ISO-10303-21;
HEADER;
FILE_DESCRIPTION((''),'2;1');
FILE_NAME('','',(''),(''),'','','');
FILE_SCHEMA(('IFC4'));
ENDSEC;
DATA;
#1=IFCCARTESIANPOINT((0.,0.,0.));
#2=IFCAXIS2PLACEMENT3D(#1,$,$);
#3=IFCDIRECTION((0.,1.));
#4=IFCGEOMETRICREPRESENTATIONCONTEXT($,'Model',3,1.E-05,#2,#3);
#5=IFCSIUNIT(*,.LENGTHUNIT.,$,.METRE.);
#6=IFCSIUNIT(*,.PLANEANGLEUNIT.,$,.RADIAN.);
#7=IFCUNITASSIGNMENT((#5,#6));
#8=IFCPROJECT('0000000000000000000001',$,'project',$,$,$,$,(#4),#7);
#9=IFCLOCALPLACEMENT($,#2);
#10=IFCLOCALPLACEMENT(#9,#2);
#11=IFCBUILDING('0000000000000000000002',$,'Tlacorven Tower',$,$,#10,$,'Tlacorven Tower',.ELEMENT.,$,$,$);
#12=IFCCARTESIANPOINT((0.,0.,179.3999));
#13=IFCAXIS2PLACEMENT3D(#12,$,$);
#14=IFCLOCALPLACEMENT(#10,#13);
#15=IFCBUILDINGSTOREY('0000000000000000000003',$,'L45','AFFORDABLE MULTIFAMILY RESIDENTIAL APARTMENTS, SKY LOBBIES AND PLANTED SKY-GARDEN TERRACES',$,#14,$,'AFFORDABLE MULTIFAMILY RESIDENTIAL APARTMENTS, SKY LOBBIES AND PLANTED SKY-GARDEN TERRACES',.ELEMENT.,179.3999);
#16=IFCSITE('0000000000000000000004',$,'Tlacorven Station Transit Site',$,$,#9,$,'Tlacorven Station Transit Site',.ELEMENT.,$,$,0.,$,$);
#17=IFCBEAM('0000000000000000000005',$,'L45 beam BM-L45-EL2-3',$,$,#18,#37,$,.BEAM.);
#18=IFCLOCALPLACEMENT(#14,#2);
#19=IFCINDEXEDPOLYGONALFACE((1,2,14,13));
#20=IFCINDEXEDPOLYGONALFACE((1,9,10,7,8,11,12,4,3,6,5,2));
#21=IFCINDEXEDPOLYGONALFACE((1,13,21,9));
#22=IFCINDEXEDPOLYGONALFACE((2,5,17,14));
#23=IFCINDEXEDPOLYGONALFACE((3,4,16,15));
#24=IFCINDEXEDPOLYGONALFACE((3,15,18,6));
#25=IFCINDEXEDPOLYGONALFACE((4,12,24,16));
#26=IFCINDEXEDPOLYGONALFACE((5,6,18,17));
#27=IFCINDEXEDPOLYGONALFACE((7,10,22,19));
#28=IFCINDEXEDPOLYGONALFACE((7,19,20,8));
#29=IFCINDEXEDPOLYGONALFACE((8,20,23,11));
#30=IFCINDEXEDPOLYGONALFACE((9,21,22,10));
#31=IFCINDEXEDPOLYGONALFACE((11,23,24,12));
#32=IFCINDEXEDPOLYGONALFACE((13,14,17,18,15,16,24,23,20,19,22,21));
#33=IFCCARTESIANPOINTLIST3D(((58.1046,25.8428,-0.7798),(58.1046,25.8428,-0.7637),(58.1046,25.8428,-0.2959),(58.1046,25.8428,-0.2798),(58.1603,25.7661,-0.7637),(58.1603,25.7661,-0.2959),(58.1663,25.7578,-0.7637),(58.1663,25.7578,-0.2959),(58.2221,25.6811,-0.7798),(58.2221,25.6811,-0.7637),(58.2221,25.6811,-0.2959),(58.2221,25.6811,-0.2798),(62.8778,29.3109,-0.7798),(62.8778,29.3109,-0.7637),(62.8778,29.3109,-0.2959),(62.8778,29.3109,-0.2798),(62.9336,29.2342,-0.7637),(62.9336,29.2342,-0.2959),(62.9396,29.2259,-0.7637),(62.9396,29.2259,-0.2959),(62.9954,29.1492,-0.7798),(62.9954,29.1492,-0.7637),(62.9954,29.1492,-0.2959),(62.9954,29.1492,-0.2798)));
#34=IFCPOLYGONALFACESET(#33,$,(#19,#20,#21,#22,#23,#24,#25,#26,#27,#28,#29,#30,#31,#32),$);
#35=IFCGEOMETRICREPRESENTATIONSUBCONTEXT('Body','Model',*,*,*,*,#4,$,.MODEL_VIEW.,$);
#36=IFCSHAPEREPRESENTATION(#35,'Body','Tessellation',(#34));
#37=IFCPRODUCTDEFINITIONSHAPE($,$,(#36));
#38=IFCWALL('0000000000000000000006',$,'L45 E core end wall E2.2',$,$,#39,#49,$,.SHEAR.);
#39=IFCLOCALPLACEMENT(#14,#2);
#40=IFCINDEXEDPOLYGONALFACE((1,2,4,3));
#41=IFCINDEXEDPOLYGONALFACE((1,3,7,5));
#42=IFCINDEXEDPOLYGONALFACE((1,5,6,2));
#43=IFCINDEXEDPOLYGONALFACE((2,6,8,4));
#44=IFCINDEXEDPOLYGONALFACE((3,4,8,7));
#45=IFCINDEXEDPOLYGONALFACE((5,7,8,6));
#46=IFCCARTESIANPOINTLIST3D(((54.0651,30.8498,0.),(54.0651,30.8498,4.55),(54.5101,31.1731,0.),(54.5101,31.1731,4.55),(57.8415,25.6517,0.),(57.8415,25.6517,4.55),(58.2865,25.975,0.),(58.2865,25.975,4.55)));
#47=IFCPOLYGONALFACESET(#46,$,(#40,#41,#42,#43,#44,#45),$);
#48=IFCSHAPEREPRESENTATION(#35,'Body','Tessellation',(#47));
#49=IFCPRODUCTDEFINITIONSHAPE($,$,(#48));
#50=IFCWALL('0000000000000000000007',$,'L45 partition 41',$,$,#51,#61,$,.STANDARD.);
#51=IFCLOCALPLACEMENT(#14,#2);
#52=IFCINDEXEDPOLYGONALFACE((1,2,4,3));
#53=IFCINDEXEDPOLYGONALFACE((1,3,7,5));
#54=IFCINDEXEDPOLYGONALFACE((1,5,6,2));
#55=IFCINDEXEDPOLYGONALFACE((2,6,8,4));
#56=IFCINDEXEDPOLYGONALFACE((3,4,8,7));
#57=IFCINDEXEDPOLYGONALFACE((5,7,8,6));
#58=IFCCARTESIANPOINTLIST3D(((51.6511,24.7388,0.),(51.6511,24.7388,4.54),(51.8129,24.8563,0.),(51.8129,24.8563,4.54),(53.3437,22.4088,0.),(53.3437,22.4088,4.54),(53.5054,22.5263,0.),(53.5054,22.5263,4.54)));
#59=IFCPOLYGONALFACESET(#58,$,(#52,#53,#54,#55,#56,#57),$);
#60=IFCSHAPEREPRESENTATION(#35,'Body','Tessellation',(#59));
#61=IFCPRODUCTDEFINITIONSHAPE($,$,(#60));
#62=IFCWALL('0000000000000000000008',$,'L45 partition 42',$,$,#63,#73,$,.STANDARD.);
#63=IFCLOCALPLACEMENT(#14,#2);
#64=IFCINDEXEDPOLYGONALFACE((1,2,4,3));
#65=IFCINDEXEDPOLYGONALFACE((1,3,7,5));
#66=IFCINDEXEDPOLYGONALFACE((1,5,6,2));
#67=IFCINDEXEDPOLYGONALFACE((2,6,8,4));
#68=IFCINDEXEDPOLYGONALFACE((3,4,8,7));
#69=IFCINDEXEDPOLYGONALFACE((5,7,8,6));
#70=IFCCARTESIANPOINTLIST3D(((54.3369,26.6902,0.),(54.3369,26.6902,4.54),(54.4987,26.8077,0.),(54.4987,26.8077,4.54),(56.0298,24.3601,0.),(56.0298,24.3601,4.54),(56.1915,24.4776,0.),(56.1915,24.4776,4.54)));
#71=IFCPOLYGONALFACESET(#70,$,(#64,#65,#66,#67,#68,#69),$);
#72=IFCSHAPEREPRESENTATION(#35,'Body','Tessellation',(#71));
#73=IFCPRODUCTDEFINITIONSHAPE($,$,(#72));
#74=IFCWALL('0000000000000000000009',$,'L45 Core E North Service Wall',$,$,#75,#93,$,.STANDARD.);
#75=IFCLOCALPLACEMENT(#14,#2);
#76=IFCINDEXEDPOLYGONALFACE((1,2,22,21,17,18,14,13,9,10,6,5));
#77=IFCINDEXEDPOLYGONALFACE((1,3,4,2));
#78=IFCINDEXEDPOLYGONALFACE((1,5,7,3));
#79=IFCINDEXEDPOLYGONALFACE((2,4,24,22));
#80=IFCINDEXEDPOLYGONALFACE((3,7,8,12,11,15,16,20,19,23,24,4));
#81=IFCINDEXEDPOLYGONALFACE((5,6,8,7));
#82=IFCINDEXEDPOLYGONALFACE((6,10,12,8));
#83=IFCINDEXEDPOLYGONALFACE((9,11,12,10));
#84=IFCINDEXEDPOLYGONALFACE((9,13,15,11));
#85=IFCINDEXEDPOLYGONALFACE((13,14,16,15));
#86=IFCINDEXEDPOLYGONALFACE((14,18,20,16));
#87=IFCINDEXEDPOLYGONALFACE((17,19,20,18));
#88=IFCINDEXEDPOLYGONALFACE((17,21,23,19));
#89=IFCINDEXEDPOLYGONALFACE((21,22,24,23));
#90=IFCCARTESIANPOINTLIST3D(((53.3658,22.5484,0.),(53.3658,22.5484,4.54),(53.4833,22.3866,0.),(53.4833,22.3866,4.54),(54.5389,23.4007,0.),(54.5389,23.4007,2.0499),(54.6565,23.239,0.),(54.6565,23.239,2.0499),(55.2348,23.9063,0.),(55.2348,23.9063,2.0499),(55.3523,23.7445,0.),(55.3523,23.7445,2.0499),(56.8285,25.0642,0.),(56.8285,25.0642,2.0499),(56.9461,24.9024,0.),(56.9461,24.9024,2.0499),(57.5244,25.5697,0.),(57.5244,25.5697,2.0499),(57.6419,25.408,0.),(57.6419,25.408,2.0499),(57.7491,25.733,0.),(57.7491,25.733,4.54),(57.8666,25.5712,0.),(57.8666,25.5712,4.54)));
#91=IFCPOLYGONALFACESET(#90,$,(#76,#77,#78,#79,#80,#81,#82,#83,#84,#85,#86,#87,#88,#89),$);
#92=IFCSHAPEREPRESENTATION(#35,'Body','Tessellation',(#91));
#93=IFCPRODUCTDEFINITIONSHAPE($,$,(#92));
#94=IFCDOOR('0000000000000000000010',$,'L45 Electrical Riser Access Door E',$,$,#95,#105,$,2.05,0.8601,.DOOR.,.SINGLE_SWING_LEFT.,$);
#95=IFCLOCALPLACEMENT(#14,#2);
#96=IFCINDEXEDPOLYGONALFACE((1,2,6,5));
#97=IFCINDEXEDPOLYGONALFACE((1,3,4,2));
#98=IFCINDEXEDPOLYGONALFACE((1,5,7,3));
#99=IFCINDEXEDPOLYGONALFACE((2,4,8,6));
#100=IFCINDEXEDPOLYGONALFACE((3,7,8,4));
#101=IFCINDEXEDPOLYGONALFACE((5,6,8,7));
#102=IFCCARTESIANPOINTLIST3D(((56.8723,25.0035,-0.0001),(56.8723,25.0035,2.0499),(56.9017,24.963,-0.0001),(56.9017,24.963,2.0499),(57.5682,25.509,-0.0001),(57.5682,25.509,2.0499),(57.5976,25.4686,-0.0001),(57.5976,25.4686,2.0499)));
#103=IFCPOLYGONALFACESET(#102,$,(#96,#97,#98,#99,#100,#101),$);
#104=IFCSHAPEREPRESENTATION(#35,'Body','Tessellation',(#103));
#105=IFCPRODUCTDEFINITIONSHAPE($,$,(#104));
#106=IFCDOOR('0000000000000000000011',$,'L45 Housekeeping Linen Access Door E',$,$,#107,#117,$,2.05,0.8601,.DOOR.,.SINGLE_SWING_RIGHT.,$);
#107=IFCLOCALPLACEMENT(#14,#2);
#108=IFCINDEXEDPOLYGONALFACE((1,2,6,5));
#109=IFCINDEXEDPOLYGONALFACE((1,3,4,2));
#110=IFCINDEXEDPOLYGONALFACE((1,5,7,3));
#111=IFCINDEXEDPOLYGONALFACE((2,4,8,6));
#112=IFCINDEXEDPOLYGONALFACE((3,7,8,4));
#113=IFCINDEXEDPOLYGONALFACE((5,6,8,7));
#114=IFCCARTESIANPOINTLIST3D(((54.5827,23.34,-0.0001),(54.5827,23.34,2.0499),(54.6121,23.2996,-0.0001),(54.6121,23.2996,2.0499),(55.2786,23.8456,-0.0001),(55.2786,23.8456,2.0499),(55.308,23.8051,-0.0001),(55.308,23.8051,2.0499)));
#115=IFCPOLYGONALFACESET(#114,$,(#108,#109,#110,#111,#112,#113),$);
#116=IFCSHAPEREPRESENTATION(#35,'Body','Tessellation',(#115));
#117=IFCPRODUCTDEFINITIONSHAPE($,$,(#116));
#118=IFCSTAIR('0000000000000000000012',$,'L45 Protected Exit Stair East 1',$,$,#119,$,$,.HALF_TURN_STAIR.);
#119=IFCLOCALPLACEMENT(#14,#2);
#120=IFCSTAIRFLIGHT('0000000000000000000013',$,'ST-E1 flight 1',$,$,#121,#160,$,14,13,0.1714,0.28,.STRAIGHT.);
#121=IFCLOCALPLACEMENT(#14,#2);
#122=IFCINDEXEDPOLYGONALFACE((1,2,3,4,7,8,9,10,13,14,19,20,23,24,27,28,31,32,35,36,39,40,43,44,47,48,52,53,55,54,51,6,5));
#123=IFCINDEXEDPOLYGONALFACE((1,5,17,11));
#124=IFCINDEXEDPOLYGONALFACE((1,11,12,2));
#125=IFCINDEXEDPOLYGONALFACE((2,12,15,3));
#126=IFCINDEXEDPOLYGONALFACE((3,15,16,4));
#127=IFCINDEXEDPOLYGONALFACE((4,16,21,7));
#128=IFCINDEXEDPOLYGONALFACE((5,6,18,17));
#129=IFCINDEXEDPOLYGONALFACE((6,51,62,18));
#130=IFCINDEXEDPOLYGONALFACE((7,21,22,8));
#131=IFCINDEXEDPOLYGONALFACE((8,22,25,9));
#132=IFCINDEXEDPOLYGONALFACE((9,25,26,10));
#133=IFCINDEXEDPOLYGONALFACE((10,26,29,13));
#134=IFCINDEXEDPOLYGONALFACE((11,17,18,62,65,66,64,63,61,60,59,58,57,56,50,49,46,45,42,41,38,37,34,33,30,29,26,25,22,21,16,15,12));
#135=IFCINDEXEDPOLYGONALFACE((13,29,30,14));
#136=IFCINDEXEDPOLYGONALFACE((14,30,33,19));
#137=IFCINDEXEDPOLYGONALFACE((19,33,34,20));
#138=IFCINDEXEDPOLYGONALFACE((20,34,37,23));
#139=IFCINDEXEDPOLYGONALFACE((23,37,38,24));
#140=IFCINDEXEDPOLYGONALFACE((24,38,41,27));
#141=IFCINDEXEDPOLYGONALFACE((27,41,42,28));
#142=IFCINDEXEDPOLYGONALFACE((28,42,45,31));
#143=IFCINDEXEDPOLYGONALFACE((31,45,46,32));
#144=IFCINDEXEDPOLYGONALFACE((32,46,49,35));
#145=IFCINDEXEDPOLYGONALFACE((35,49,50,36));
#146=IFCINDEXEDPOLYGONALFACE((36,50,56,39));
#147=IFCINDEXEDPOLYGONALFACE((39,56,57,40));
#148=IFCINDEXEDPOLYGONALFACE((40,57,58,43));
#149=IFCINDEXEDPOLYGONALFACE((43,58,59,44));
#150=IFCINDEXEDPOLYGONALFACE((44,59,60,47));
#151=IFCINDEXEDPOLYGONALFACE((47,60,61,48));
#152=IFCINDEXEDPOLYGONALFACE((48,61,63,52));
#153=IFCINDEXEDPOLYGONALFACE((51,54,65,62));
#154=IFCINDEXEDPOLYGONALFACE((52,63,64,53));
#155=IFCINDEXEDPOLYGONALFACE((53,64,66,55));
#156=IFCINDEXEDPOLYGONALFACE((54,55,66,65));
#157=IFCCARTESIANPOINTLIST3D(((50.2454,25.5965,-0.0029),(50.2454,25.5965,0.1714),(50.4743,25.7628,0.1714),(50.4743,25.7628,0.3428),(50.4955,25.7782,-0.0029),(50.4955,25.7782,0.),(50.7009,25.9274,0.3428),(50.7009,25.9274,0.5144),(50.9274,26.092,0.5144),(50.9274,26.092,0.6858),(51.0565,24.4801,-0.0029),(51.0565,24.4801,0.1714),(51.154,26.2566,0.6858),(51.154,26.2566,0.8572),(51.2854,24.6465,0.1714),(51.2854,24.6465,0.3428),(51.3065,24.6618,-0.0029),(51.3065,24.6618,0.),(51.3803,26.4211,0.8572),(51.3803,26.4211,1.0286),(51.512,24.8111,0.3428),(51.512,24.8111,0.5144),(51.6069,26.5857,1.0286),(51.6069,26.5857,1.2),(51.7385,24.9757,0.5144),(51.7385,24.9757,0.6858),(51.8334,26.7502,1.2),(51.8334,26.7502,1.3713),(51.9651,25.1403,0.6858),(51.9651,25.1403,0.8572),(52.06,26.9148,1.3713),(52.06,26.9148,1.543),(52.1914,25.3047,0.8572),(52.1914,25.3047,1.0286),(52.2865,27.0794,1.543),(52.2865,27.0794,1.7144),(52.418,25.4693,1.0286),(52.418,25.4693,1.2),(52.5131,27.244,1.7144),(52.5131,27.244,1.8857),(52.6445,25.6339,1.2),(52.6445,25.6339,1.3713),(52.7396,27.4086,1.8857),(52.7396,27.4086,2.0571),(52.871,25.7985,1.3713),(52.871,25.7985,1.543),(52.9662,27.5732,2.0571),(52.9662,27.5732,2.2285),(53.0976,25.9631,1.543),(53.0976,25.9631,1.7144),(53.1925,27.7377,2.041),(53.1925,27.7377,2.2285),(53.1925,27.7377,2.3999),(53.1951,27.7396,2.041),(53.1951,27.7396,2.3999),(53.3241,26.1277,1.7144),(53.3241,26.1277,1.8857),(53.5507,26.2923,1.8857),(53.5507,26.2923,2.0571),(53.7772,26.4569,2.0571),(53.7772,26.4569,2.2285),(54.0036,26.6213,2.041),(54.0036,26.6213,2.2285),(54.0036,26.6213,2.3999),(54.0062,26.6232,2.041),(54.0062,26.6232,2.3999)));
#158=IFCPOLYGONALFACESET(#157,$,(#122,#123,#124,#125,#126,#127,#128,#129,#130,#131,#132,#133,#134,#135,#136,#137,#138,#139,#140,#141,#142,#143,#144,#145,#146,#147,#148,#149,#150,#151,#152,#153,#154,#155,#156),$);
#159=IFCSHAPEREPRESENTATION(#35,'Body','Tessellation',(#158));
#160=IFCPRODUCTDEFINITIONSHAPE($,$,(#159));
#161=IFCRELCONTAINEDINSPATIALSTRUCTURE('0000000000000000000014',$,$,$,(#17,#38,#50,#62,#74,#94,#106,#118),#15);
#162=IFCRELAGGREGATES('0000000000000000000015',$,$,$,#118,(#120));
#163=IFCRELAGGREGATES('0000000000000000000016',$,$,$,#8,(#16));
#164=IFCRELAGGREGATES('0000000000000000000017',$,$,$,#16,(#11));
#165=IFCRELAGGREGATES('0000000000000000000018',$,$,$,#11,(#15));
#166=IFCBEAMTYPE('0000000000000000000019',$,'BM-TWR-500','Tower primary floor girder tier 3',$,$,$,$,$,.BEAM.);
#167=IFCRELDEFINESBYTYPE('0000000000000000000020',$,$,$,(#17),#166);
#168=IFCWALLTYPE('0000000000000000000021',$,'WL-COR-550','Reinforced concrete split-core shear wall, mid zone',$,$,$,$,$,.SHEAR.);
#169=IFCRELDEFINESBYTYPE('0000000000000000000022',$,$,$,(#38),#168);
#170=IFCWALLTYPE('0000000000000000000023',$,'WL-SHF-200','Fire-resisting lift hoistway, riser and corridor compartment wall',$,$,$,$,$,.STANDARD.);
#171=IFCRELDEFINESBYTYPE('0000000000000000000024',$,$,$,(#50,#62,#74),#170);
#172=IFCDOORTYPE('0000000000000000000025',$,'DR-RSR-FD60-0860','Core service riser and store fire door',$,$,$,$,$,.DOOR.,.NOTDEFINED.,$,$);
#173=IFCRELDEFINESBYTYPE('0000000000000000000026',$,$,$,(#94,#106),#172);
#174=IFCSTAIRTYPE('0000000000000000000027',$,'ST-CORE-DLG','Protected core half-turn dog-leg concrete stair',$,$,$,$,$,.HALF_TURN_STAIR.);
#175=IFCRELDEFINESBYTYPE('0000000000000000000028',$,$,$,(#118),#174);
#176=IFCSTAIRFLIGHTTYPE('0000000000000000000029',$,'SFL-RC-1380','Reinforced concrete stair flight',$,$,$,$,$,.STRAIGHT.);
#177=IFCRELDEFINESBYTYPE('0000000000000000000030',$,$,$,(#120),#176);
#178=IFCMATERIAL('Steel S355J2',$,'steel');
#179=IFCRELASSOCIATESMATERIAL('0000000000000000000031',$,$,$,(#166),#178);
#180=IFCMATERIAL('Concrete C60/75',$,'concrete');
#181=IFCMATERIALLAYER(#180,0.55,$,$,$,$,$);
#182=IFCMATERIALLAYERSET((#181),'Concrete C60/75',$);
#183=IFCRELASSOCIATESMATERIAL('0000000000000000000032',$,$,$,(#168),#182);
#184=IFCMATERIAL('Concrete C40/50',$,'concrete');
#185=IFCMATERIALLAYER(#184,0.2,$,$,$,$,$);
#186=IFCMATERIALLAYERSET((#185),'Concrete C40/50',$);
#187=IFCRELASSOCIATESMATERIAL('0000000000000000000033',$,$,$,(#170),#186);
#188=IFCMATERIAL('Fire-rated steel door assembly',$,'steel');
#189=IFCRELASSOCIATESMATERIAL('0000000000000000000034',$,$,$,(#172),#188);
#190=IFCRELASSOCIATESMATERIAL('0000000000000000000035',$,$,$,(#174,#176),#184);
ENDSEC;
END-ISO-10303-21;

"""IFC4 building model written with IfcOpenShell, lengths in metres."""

from ifc_helpers import new_model, si_unit, direction, frame, frame_2d, origin, origin_2d, place, context, subcontext, project, spatial, polyline, rectangle, i_section, outline, extrude, source, transform, mapped, material, layer, layer_set, material_profile, profile_set, type_object, element, fill, aggregate, save


model = new_model("IFC4")

# Units and contexts
model_context = context("Model", 3, precision=1e-05, world=origin(), true_north=direction((0.0, 1.0)))
body_context = subcontext(model_context, "Body", "Model", "MODEL_VIEW")
ifc_project = project(units=[si_unit("LENGTHUNIT", "METRE"), si_unit("PLANEANGLEUNIT", "RADIAN")], contexts=[model_context])

# Site, building, storey
site_placement = place(None, origin())
site = spatial("IfcSite", under=ifc_project, at=site_placement, Name="Tlacorven Station Transit Site", LongName="Tlacorven Station Transit Site", CompositionType="ELEMENT", RefElevation=0.0)
building_placement = place(site_placement, origin())
building = spatial("IfcBuilding", under=site, at=building_placement, Name="Tlacorven Tower", LongName="Tlacorven Tower", CompositionType="ELEMENT")
storey_placement = place(building_placement, frame((0.0, 0.0, 179.3999)))
storey = spatial("IfcBuildingStorey", under=building, at=storey_placement, Name="L45", Description="AFFORDABLE MULTIFAMILY RESIDENTIAL APARTMENTS, SKY LOBBIES AND PLANTED SKY-GARDEN TERRACES", LongName="AFFORDABLE MULTIFAMILY RESIDENTIAL APARTMENTS, SKY LOBBIES AND PLANTED SKY-GARDEN TERRACES", CompositionType="ELEMENT", Elevation=179.3999)

# Beam
ifc_material_1 = material(Name="Steel S355J2", Category="steel")
ifc_material_profile = material_profile(ifc_material_1, i_section(OverallWidth=0.2, OverallDepth=0.5, WebThickness=0.0103, FlangeThickness=0.0161, at=origin_2d()), Name="IPE 500")
ifc_profile_set = profile_set([ifc_material_profile], Name="Steel S355J2")
beam_type = type_object("IfcBeamType", Name="BM-TWR-500", Description="Tower primary floor girder tier 3", PredefinedType="BEAM", material=ifc_profile_set)
shared_shape_1 = source(origin(), body_context, "Body", "SweptSolid", [
    extrude(i_section(OverallWidth=0.2, OverallDepth=0.5, WebThickness=0.0103, FlangeThickness=0.0161, at=origin_2d()), origin(), (0.0, 0.0, 1.0), 5.9001),
])
beam_placement = place(storey_placement, frame((58.1633, 25.762, -0.5298), z_axis=(0.80901, 0.587795, 0.0), x_axis=(-0.587795, 0.80901, 0.0)))
element("IfcBeam", 1, at=beam_placement, inside=storey, type_object=beam_type, Name="L45 beam BM-L45-EL2-3", PredefinedType="BEAM", context=body_context, shape_type="MappedRepresentation", body=[
    mapped(shared_shape_1, transform((0.0, 0.0, 0.0), scale=1.0)),
])

# Walls
ifc_material_2 = material(Name="Concrete C60/75", Category="concrete")
ifc_layer_1 = layer(ifc_material_2, 0.55)
ifc_layer_set_1 = layer_set([ifc_layer_1], Name="Concrete C60/75")
wall_type_1 = type_object("IfcWallType", Name="WL-COR-550", Description="Reinforced concrete split-core shear wall, mid zone", PredefinedType="SHEAR", material=ifc_layer_set_1)
wall_1_placement = place(storey_placement, frame((58.064, 25.8135, 0.0), z_axis=(0.0, 0.0, 1.0), x_axis=(-0.587765, 0.809032, 0.0)))
element("IfcWall", 2, at=wall_1_placement, inside=storey, type_object=wall_type_1, Name="L45 E core end wall E2.2", PredefinedType="SHEAR", context=body_context, shape_type="SweptSolid", body=[
    extrude(rectangle(XDim=6.425, YDim=0.55, at=frame_2d((3.2124, 0.0))), origin(), (0.0, 0.0, 1.0), 4.55),
])
ifc_material_3 = material(Name="Concrete C40/50", Category="concrete")
ifc_layer_2 = layer(ifc_material_3, 0.2)
ifc_layer_set_2 = layer_set([ifc_layer_2], Name="Concrete C40/50")
wall_type_2 = type_object("IfcWallType", Name="WL-SHF-200", Description="Fire-resisting lift hoistway, riser and corridor compartment wall", PredefinedType="STANDARD", material=ifc_layer_set_2)
wall_2_placement = place(storey_placement, frame((53.4246, 22.4675, 0.0), z_axis=(0.0, 0.0, 1.0), x_axis=(-0.587723, 0.809062, 0.0)))
element("IfcWall", 3, at=wall_2_placement, inside=storey, type_object=wall_type_2, Name="L45 partition 41", PredefinedType="STANDARD", context=body_context, shape_type="SweptSolid", body=[
    extrude(rectangle(XDim=2.8799, YDim=0.2, at=frame_2d((1.4399, 0.0))), origin(), (0.0, 0.0, 1.0), 4.54),
])
wall_3_placement = place(storey_placement, frame((56.1106, 24.4189, 0.0), z_axis=(0.0, 0.0, 1.0), x_axis=(-0.587778, 0.809022, 0.0)))
element("IfcWall", 4, at=wall_3_placement, inside=storey, type_object=wall_type_2, Name="L45 partition 42", PredefinedType="STANDARD", context=body_context, shape_type="SweptSolid", body=[
    extrude(rectangle(XDim=2.8801, YDim=0.2, at=frame_2d((1.4399, 0.0))), origin(), (0.0, 0.0, 1.0), 4.54),
])

# Wall, openings, doors
wall_4_placement = place(storey_placement, frame((53.4246, 22.4675, 0.0), z_axis=(0.0, 0.0, 1.0), x_axis=(0.809024, 0.587775, 0.0)))
wall_4 = element("IfcWall", 5, at=wall_4_placement, inside=storey, type_object=wall_type_2, Name="L45 Core E North Service Wall", PredefinedType="STANDARD", context=body_context, shape_type="SweptSolid", body=[
    extrude(rectangle(XDim=5.418, YDim=0.2, at=frame_2d((2.709, 0.0))), origin(), (0.0, 0.0, 1.0), 4.54),
])
opening_1_placement = place(wall_4_placement, frame((4.28, 0.0, 0.0)))
opening_1 = element("IfcOpeningElement", 6, at=opening_1_placement, cuts=wall_4, PredefinedType="OPENING", context=body_context, shape_type="SweptSolid", body=[
    extrude(rectangle(XDim=0.8601, YDim=2.05, at=frame_2d((0.4302, 1.0249))), frame((0.0, 0.1099, 0.0), z_axis=(0.0, -1.0, 0.0), x_axis=(1.0, 0.0, 0.0)), (0.0, 0.0, 1.0), 0.22),
])
opening_2_placement = place(wall_4_placement, frame((1.45, 0.0, 0.0)))
opening_2 = element("IfcOpeningElement", 7, at=opening_2_placement, cuts=wall_4, PredefinedType="OPENING", context=body_context, shape_type="SweptSolid", body=[
    extrude(rectangle(XDim=0.8601, YDim=2.05, at=frame_2d((0.4302, 1.0249))), frame((0.0, 0.1099, 0.0), z_axis=(0.0, -1.0, 0.0), x_axis=(1.0, 0.0, 0.0)), (0.0, 0.0, 1.0), 0.22),
])
ifc_material_4 = material(Name="Fire-rated steel door assembly", Category="steel")
door_type = type_object("IfcDoorType", Name="DR-RSR-FD60-0860", Description="Core service riser and store fire door", OperationType="NOTDEFINED", PredefinedType="DOOR", material=ifc_material_4)
shared_shape_2 = source(origin(), body_context, "Body", "SweptSolid", [
    extrude(rectangle(XDim=0.8601, YDim=2.05, at=frame_2d((0.4302, 1.0249))), frame((0.0, 0.0249, 0.0), z_axis=(0.0, -1.0, 0.0), x_axis=(1.0, 0.0, 0.0)), (0.0, 0.0, 1.0), 0.05),
])
door_1_placement = place(opening_1_placement, frame((0.8601, 0.0, 0.0), z_axis=(0.0, 0.0, 1.0), x_axis=(-1.0, 0.0, 0.0)))
door_1 = element("IfcDoor", 8, at=door_1_placement, inside=storey, type_object=door_type, Name="L45 Electrical Riser Access Door E", OperationType="SINGLE_SWING_LEFT", OverallHeight=2.05, OverallWidth=0.8601, PredefinedType="DOOR", context=body_context, shape_type="MappedRepresentation", body=[
    mapped(shared_shape_2, transform((0.0, 0.0, 0.0), scale=1.0)),
])
fill(opening_1, door_1)
door_2_placement = place(opening_2_placement, frame((0.8601, 0.0, 0.0), z_axis=(0.0, 0.0, 1.0), x_axis=(-1.0, 0.0, 0.0)))
door_2 = element("IfcDoor", 9, at=door_2_placement, inside=storey, type_object=door_type, Name="L45 Housekeeping Linen Access Door E", OperationType="SINGLE_SWING_RIGHT", OverallHeight=2.05, OverallWidth=0.8601, PredefinedType="DOOR", context=body_context, shape_type="MappedRepresentation", body=[
    mapped(shared_shape_2, transform((0.0, 0.0, 0.0), scale=1.0)),
])
fill(opening_2, door_2)

# Stair, stair flight
stair_type = type_object("IfcStairType", Name="ST-CORE-DLG", Description="Protected core half-turn dog-leg concrete stair", PredefinedType="HALF_TURN_STAIR", material=ifc_material_3)
stair_placement = place(storey_placement, origin())
stair = element("IfcStair", 10, at=stair_placement, inside=storey, type_object=stair_type, Name="L45 Protected Exit Stair East 1", PredefinedType="HALF_TURN_STAIR")
stair_flight_type = type_object("IfcStairFlightType", Name="SFL-RC-1380", Description="Reinforced concrete stair flight", PredefinedType="STRAIGHT", material=ifc_material_3)
shared_shape_3 = source(origin(), body_context, "Body", "SweptSolid", [
    extrude(outline(polyline([(-0.0029, -0.0029), (-0.0029, 0.1714), (0.28, 0.1714), (0.28, 0.3428), (0.5601, 0.3428), (0.5601, 0.5144), (0.8401, 0.5144), (0.8401, 0.6858), (1.1201, 0.6858), (1.1201, 0.8572), (1.3999, 0.8572), (1.3999, 1.0286), (1.6799, 1.0286), (1.6799, 1.2), (1.96, 1.2), (1.96, 1.3713), (2.24, 1.3713), (2.24, 1.543), (2.52, 1.543), (2.52, 1.7144), (2.8, 1.7144), (2.8, 1.8857), (3.0801, 1.8857), (3.0801, 2.0571), (3.3601, 2.0571), (3.3601, 2.2285), (3.6399, 2.2285), (3.6399, 2.3999), (3.6431, 2.3999), (3.6431, 2.041), (3.6399, 2.041), (0.3062, 0.0), (0.3062, -0.0029), (-0.0029, -0.0029)])), frame((0.0, 0.6899, 0.0), z_axis=(0.0, -1.0, 0.0), x_axis=(1.0, 0.0, 0.0)), (0.0, 0.0, 1.0), 1.3799),
])
stair_flight_placement = place(storey_placement, frame((50.6533, 25.04, 0.0), z_axis=(0.0, 0.0, 1.0), x_axis=(0.809017, 0.587785, 0.0)))
stair_flight = element("IfcStairFlight", 11, at=stair_flight_placement, type_object=stair_flight_type, Name="ST-E1 flight 1", NumberOfRisers=14, NumberOfTreads=13, PredefinedType="STRAIGHT", RiserHeight=0.1714, TreadLength=0.28, context=body_context, shape_type="MappedRepresentation", body=[
    mapped(shared_shape_3, transform((0.0, 0.0, 0.0), scale=1.0)),
])
aggregate(stair, [stair_flight])

save(model, "model.ifc")
